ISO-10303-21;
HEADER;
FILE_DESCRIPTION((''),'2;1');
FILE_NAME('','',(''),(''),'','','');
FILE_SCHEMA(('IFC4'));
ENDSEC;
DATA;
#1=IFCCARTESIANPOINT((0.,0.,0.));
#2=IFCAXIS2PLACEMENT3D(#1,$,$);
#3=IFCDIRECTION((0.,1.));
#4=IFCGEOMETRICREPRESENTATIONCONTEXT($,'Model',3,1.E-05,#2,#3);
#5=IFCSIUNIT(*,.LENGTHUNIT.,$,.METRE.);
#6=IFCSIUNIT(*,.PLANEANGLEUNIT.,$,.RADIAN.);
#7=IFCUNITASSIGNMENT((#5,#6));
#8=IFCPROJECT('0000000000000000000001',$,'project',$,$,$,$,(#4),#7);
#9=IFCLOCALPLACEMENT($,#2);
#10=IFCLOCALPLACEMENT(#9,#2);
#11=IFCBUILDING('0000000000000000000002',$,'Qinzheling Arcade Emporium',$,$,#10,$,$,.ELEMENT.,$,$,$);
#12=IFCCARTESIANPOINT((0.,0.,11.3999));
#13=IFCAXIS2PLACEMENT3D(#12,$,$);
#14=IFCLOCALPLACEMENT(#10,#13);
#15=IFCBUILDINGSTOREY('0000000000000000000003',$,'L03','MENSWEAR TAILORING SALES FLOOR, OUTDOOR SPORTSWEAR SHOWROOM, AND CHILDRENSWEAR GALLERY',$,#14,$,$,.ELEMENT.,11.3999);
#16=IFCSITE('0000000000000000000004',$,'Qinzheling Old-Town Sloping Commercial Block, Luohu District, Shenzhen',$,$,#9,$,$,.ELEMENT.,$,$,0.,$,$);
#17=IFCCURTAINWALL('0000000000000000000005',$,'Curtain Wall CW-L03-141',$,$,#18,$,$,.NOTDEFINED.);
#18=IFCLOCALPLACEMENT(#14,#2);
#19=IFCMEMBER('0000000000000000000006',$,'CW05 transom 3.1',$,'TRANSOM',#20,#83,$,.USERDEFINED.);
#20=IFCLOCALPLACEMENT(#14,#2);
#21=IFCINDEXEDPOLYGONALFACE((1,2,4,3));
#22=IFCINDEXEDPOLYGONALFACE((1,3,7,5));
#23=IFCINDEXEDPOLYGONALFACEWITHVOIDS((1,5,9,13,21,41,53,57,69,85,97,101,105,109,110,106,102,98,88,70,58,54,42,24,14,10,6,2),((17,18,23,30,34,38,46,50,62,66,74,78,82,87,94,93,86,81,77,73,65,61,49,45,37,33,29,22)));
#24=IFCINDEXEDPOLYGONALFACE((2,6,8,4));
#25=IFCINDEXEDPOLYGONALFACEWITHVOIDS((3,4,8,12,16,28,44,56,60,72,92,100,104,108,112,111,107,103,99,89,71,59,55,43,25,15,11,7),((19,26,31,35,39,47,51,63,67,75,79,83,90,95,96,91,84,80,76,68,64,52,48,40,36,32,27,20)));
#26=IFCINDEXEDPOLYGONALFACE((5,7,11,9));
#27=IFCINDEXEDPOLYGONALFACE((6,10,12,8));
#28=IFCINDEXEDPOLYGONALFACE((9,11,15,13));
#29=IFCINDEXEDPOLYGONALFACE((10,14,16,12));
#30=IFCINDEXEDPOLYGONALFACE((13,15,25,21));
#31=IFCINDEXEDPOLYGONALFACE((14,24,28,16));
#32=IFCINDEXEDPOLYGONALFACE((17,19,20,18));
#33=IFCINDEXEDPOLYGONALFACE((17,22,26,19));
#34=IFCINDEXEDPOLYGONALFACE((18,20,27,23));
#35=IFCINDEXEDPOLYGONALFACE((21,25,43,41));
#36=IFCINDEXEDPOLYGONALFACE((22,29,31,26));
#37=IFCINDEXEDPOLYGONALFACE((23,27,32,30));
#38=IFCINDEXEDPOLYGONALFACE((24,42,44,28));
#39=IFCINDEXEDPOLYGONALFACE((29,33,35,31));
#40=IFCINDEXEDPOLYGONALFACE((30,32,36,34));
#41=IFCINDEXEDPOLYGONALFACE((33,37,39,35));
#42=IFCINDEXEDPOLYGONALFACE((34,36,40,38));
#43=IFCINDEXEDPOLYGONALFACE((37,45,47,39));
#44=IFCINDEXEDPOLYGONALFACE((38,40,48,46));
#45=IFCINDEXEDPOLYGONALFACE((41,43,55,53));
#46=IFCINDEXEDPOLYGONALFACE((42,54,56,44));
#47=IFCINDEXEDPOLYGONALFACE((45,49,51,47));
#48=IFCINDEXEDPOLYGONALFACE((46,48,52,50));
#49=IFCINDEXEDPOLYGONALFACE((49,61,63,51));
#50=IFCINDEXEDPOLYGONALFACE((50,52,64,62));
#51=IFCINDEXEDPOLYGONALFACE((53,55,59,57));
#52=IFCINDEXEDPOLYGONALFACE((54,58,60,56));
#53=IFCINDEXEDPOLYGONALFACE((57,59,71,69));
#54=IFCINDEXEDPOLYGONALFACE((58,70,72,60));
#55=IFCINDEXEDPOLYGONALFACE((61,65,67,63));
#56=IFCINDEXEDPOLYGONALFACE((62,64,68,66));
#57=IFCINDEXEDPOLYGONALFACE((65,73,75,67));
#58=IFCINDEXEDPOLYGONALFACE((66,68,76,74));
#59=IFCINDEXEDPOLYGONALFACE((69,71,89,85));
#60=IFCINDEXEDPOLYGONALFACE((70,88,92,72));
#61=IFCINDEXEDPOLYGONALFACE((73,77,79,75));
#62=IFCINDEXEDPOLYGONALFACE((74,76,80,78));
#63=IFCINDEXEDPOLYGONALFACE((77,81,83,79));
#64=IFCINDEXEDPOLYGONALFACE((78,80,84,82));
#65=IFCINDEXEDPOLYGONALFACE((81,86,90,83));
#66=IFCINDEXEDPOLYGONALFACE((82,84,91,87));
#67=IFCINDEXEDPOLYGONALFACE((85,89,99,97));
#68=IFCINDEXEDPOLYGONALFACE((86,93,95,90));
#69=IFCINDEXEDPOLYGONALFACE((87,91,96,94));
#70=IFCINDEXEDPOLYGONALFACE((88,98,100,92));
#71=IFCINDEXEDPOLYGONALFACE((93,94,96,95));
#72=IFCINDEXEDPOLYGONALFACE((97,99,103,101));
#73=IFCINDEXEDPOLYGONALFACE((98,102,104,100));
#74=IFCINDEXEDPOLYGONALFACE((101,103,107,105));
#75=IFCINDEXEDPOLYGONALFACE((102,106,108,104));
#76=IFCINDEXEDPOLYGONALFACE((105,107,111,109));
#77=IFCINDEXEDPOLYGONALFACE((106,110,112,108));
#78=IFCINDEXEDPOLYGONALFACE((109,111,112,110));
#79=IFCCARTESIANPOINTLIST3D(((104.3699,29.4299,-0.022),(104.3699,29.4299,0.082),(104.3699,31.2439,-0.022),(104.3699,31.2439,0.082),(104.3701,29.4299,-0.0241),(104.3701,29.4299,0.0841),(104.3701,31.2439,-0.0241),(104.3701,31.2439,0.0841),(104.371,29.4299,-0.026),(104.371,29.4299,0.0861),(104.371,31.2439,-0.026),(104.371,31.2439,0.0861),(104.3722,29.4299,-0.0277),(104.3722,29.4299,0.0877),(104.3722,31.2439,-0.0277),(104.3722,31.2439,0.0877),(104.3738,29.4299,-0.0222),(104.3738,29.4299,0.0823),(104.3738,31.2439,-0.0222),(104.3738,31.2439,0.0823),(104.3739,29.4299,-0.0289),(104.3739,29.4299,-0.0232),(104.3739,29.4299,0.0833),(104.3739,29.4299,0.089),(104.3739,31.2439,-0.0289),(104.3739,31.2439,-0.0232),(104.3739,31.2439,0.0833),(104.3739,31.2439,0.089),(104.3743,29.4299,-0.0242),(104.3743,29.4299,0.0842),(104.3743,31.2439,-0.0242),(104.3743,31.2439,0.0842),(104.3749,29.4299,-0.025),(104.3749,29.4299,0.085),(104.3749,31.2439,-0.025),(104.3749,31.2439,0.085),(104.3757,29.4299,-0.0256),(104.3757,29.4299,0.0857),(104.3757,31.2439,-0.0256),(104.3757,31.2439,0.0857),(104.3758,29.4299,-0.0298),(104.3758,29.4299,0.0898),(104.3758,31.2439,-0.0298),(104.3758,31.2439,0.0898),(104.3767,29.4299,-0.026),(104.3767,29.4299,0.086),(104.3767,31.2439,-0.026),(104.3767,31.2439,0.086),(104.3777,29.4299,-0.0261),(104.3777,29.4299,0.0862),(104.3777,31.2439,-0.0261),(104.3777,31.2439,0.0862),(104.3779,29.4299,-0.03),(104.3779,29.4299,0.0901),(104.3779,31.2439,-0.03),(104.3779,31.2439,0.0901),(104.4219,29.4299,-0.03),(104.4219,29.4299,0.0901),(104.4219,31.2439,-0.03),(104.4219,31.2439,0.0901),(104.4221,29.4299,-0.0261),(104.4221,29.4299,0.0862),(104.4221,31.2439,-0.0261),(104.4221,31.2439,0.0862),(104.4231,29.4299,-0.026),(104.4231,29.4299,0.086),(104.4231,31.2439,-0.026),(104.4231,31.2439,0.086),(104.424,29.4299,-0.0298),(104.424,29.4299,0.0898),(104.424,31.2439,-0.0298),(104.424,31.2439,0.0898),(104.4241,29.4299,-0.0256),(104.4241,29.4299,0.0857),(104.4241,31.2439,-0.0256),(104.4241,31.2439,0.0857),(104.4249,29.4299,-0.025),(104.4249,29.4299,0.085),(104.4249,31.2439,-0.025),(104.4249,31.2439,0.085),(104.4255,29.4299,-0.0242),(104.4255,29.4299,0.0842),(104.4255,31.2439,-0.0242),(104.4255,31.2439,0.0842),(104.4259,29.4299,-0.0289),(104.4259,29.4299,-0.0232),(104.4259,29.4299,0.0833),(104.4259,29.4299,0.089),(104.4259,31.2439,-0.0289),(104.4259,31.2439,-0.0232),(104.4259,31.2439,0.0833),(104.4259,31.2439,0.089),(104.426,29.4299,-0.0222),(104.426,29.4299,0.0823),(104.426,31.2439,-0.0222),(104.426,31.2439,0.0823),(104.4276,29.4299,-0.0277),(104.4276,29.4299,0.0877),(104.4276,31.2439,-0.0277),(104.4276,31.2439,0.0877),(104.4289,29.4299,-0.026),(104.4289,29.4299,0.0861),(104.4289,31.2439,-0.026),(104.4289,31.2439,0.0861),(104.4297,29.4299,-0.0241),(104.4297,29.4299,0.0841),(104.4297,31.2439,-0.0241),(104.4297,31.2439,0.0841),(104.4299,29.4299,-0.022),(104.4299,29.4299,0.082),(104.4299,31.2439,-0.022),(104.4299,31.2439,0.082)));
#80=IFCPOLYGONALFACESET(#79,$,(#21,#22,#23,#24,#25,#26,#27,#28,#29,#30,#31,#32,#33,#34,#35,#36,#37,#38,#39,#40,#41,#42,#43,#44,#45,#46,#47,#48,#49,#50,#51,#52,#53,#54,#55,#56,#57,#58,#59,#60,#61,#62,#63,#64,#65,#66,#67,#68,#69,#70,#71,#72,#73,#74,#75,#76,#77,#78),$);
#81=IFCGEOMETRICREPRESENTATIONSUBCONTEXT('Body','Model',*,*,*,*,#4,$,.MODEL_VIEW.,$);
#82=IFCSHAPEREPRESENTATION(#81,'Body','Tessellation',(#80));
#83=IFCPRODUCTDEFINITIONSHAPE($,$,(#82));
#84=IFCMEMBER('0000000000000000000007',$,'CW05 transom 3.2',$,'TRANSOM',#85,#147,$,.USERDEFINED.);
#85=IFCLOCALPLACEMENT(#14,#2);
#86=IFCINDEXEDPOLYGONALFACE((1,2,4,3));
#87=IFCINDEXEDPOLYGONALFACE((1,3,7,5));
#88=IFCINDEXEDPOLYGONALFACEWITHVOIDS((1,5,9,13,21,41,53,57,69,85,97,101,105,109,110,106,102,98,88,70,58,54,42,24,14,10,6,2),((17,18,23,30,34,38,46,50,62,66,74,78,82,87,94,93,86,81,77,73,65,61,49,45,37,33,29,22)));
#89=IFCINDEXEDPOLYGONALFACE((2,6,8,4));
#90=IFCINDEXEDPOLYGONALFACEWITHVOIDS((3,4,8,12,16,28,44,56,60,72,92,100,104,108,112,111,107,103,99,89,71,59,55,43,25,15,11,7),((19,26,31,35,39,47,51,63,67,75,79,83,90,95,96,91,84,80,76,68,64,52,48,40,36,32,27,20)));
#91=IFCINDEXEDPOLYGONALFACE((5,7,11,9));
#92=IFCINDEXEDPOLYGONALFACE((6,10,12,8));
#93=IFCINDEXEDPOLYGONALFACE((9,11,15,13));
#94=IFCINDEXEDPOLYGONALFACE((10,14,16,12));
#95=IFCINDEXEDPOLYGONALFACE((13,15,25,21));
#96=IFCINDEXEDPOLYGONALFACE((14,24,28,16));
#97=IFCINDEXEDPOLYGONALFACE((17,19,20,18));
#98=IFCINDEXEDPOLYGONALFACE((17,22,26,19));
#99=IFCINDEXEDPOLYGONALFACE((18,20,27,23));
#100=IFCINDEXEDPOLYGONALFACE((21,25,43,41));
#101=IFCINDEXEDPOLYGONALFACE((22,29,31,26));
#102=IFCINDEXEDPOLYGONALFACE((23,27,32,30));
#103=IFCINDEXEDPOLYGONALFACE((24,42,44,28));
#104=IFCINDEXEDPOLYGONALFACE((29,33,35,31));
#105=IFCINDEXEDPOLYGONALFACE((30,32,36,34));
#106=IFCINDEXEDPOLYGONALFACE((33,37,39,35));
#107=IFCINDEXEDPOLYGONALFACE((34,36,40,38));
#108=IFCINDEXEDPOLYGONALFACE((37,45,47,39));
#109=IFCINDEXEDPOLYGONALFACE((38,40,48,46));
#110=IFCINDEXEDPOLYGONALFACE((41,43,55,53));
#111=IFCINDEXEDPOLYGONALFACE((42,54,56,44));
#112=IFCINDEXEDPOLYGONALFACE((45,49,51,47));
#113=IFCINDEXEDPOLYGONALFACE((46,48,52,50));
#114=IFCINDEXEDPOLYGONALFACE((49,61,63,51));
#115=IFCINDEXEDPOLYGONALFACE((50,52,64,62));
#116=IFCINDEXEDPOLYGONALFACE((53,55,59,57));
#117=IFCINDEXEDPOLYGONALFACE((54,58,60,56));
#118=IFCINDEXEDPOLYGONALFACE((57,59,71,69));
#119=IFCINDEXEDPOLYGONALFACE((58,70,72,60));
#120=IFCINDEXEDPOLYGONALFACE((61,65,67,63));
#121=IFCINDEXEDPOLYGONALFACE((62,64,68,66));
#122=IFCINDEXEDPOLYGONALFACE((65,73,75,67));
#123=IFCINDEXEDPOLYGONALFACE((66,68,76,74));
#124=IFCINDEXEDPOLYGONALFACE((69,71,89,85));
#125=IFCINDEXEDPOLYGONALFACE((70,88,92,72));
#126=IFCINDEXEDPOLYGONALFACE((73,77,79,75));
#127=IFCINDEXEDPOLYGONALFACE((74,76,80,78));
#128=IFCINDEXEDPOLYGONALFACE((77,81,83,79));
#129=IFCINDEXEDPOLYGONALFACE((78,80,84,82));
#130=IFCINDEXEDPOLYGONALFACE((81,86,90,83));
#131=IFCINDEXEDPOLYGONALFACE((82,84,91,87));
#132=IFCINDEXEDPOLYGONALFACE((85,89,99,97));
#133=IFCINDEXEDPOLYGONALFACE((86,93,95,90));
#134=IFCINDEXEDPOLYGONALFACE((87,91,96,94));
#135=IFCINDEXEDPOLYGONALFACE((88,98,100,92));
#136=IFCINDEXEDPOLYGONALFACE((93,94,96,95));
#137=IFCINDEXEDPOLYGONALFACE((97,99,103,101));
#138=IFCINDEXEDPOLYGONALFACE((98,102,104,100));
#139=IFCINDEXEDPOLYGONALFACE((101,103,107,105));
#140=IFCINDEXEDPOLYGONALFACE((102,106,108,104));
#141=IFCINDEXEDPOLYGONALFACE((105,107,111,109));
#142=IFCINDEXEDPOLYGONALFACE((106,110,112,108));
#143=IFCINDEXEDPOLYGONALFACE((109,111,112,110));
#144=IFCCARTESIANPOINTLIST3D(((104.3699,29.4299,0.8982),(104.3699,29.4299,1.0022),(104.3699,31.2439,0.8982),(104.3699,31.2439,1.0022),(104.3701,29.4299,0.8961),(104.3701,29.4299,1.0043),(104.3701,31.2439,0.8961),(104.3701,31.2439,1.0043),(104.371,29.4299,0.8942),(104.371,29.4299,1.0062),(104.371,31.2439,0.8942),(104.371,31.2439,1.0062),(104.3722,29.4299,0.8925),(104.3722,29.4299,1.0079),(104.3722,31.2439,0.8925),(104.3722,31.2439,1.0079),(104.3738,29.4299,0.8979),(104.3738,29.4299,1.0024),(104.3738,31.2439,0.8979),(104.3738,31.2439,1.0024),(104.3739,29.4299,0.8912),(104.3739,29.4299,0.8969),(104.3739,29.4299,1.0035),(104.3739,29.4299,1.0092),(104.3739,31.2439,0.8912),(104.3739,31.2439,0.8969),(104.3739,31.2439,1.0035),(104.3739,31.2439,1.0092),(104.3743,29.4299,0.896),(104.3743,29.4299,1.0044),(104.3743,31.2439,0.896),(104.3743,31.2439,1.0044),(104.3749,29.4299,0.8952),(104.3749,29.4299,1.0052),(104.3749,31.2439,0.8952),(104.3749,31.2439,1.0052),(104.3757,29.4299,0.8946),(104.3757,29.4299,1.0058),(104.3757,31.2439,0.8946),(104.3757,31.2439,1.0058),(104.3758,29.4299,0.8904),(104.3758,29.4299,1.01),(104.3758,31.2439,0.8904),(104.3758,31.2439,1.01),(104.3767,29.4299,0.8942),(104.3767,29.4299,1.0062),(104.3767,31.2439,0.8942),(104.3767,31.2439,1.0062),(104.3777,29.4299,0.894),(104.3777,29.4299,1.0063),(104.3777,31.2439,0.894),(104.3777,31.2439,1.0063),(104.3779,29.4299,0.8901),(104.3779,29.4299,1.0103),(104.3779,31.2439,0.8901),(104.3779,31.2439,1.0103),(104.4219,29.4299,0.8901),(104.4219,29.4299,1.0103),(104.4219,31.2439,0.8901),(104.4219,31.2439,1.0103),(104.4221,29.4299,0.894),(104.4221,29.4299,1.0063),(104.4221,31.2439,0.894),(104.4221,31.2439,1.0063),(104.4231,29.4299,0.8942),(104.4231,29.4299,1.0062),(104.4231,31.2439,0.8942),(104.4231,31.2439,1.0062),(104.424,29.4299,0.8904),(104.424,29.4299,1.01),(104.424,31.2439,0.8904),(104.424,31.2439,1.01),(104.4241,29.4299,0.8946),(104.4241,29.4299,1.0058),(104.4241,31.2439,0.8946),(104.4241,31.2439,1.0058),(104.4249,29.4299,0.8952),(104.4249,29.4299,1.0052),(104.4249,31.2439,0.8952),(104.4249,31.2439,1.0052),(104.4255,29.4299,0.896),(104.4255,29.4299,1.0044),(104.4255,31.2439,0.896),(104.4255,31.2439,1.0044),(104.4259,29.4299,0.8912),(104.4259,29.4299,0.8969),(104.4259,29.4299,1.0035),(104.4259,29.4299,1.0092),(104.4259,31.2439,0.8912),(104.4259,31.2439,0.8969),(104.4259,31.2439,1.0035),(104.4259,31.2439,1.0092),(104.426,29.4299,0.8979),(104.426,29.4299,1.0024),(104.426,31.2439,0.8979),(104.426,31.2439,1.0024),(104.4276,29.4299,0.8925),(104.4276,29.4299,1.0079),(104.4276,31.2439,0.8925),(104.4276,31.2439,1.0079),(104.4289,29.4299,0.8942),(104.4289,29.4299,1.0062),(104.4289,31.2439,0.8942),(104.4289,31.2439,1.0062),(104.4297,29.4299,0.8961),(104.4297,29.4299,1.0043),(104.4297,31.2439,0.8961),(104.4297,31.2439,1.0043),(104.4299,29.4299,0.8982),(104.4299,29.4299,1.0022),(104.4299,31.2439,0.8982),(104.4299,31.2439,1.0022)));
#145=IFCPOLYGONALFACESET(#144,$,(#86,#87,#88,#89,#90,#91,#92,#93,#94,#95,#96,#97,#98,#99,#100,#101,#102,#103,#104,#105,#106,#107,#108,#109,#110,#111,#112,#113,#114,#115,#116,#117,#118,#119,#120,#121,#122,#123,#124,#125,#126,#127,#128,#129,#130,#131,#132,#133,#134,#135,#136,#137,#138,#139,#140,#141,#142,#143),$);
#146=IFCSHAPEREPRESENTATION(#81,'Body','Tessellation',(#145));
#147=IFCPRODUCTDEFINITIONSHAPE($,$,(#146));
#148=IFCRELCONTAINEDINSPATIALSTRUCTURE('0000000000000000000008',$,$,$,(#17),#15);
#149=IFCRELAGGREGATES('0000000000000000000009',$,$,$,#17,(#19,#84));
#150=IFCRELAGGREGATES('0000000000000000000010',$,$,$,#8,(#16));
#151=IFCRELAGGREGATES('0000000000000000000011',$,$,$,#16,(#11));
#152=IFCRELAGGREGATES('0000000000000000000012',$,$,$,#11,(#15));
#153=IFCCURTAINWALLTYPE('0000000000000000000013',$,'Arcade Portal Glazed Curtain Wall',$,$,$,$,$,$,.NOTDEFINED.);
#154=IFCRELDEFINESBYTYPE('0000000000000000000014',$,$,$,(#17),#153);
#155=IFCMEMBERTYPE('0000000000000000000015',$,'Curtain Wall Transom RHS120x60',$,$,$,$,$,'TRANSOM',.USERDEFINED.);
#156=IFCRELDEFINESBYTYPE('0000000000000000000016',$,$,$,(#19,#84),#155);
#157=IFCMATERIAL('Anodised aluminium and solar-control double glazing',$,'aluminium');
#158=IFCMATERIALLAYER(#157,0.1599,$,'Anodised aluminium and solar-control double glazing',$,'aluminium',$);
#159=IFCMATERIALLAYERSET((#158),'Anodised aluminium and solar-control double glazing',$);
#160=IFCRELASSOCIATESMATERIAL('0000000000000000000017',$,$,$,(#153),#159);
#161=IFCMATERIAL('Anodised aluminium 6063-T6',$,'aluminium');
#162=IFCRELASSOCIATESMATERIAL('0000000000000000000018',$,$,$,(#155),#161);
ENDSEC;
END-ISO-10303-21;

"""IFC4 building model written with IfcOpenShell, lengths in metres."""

from ifc_helpers import new_model, si_unit, direction, frame, origin, origin_2d, place, context, subcontext, project, spatial, hollow_rectangle, extrude, material, layer, layer_set, material_profile, profile_set, type_object, element, aggregate, save


model = new_model("IFC4")

# Units and contexts
model_context = context("Model", 3, precision=1e-05, world=origin(), true_north=direction((0.0, 1.0)))
body_context = subcontext(model_context, "Body", "Model", "MODEL_VIEW")
ifc_project = project(units=[si_unit("LENGTHUNIT", "METRE"), si_unit("PLANEANGLEUNIT", "RADIAN")], contexts=[model_context])

# Site, building, storey
site_placement = place(None, origin())
site = spatial("IfcSite", under=ifc_project, at=site_placement, Name="Qinzheling Old-Town Sloping Commercial Block, Luohu District, Shenzhen", CompositionType="ELEMENT", RefElevation=0.0)
building_placement = place(site_placement, origin())
building = spatial("IfcBuilding", under=site, at=building_placement, Name="Qinzheling Arcade Emporium", CompositionType="ELEMENT")
storey_placement = place(building_placement, frame((0.0, 0.0, 11.3999)))
storey = spatial("IfcBuildingStorey", under=building, at=storey_placement, Name="L03", Description="MENSWEAR TAILORING SALES FLOOR, OUTDOOR SPORTSWEAR SHOWROOM, AND CHILDRENSWEAR GALLERY", CompositionType="ELEMENT", Elevation=11.3999)

# Curtain wall, members
ifc_material_1 = material(Name="Anodised aluminium and solar-control double glazing", Category="aluminium")
ifc_layer_1 = layer(ifc_material_1, 0.1599, Name="Anodised aluminium and solar-control double glazing", Category="aluminium")
ifc_layer_set_1 = layer_set([ifc_layer_1], Name="Anodised aluminium and solar-control double glazing")
curtain_wall_type = type_object("IfcCurtainWallType", Name="Arcade Portal Glazed Curtain Wall", PredefinedType="NOTDEFINED", material=ifc_layer_set_1)
curtain_wall_placement = place(storey_placement, origin())
curtain_wall = element("IfcCurtainWall", 1, at=curtain_wall_placement, inside=storey, type_object=curtain_wall_type, Name="Curtain Wall CW-L03-141", PredefinedType="NOTDEFINED")
ifc_material_2 = material(Name="Anodised aluminium 6063-T6", Category="aluminium")
ifc_material_profile_1 = material_profile(ifc_material_2, hollow_rectangle(XDim=0.0601, YDim=0.1201, WallThickness=0.0039, InnerFilletRadius=0.0039, OuterFilletRadius=0.0081, at=origin_2d()), Name="RHS 120x60x4", Category="aluminium")
ifc_profile_set_1 = profile_set([ifc_material_profile_1], Name="Anodised aluminium 6063-T6")
member_type_1 = type_object("IfcMemberType", Name="Curtain Wall Transom RHS120x60", ElementType="TRANSOM", PredefinedType="USERDEFINED", material=ifc_profile_set_1)
member_1_placement = place(storey_placement, frame((104.3999, 29.4299, 0.03), z_axis=(0.0, 1.0, 0.0), x_axis=(-1.0, 0.0, 0.0)))
member_1 = element("IfcMember", 2, at=member_1_placement, type_object=member_type_1, Name="CW05 transom 3.1", ObjectType="TRANSOM", PredefinedType="USERDEFINED", context=body_context, shape_type="SweptSolid", body=[
    extrude(hollow_rectangle(XDim=0.0601, YDim=0.1201, WallThickness=0.0039, InnerFilletRadius=0.0039, OuterFilletRadius=0.0081, at=origin_2d()), origin(), (0.0, 0.0, 1.0), 1.814),
])
member_2_placement = place(storey_placement, frame((104.3999, 29.4299, 0.9502), z_axis=(0.0, 1.0, 0.0), x_axis=(-1.0, 0.0, 0.0)))
member_2 = element("IfcMember", 3, at=member_2_placement, type_object=member_type_1, Name="CW05 transom 3.2", ObjectType="TRANSOM", PredefinedType="USERDEFINED", context=body_context, shape_type="SweptSolid", body=[
    extrude(hollow_rectangle(XDim=0.0601, YDim=0.1201, WallThickness=0.0039, InnerFilletRadius=0.0039, OuterFilletRadius=0.0081, at=origin_2d()), origin(), (0.0, 0.0, 1.0), 1.814),
])
aggregate(curtain_wall, [member_1, member_2])

save(model, "model.ifc")
